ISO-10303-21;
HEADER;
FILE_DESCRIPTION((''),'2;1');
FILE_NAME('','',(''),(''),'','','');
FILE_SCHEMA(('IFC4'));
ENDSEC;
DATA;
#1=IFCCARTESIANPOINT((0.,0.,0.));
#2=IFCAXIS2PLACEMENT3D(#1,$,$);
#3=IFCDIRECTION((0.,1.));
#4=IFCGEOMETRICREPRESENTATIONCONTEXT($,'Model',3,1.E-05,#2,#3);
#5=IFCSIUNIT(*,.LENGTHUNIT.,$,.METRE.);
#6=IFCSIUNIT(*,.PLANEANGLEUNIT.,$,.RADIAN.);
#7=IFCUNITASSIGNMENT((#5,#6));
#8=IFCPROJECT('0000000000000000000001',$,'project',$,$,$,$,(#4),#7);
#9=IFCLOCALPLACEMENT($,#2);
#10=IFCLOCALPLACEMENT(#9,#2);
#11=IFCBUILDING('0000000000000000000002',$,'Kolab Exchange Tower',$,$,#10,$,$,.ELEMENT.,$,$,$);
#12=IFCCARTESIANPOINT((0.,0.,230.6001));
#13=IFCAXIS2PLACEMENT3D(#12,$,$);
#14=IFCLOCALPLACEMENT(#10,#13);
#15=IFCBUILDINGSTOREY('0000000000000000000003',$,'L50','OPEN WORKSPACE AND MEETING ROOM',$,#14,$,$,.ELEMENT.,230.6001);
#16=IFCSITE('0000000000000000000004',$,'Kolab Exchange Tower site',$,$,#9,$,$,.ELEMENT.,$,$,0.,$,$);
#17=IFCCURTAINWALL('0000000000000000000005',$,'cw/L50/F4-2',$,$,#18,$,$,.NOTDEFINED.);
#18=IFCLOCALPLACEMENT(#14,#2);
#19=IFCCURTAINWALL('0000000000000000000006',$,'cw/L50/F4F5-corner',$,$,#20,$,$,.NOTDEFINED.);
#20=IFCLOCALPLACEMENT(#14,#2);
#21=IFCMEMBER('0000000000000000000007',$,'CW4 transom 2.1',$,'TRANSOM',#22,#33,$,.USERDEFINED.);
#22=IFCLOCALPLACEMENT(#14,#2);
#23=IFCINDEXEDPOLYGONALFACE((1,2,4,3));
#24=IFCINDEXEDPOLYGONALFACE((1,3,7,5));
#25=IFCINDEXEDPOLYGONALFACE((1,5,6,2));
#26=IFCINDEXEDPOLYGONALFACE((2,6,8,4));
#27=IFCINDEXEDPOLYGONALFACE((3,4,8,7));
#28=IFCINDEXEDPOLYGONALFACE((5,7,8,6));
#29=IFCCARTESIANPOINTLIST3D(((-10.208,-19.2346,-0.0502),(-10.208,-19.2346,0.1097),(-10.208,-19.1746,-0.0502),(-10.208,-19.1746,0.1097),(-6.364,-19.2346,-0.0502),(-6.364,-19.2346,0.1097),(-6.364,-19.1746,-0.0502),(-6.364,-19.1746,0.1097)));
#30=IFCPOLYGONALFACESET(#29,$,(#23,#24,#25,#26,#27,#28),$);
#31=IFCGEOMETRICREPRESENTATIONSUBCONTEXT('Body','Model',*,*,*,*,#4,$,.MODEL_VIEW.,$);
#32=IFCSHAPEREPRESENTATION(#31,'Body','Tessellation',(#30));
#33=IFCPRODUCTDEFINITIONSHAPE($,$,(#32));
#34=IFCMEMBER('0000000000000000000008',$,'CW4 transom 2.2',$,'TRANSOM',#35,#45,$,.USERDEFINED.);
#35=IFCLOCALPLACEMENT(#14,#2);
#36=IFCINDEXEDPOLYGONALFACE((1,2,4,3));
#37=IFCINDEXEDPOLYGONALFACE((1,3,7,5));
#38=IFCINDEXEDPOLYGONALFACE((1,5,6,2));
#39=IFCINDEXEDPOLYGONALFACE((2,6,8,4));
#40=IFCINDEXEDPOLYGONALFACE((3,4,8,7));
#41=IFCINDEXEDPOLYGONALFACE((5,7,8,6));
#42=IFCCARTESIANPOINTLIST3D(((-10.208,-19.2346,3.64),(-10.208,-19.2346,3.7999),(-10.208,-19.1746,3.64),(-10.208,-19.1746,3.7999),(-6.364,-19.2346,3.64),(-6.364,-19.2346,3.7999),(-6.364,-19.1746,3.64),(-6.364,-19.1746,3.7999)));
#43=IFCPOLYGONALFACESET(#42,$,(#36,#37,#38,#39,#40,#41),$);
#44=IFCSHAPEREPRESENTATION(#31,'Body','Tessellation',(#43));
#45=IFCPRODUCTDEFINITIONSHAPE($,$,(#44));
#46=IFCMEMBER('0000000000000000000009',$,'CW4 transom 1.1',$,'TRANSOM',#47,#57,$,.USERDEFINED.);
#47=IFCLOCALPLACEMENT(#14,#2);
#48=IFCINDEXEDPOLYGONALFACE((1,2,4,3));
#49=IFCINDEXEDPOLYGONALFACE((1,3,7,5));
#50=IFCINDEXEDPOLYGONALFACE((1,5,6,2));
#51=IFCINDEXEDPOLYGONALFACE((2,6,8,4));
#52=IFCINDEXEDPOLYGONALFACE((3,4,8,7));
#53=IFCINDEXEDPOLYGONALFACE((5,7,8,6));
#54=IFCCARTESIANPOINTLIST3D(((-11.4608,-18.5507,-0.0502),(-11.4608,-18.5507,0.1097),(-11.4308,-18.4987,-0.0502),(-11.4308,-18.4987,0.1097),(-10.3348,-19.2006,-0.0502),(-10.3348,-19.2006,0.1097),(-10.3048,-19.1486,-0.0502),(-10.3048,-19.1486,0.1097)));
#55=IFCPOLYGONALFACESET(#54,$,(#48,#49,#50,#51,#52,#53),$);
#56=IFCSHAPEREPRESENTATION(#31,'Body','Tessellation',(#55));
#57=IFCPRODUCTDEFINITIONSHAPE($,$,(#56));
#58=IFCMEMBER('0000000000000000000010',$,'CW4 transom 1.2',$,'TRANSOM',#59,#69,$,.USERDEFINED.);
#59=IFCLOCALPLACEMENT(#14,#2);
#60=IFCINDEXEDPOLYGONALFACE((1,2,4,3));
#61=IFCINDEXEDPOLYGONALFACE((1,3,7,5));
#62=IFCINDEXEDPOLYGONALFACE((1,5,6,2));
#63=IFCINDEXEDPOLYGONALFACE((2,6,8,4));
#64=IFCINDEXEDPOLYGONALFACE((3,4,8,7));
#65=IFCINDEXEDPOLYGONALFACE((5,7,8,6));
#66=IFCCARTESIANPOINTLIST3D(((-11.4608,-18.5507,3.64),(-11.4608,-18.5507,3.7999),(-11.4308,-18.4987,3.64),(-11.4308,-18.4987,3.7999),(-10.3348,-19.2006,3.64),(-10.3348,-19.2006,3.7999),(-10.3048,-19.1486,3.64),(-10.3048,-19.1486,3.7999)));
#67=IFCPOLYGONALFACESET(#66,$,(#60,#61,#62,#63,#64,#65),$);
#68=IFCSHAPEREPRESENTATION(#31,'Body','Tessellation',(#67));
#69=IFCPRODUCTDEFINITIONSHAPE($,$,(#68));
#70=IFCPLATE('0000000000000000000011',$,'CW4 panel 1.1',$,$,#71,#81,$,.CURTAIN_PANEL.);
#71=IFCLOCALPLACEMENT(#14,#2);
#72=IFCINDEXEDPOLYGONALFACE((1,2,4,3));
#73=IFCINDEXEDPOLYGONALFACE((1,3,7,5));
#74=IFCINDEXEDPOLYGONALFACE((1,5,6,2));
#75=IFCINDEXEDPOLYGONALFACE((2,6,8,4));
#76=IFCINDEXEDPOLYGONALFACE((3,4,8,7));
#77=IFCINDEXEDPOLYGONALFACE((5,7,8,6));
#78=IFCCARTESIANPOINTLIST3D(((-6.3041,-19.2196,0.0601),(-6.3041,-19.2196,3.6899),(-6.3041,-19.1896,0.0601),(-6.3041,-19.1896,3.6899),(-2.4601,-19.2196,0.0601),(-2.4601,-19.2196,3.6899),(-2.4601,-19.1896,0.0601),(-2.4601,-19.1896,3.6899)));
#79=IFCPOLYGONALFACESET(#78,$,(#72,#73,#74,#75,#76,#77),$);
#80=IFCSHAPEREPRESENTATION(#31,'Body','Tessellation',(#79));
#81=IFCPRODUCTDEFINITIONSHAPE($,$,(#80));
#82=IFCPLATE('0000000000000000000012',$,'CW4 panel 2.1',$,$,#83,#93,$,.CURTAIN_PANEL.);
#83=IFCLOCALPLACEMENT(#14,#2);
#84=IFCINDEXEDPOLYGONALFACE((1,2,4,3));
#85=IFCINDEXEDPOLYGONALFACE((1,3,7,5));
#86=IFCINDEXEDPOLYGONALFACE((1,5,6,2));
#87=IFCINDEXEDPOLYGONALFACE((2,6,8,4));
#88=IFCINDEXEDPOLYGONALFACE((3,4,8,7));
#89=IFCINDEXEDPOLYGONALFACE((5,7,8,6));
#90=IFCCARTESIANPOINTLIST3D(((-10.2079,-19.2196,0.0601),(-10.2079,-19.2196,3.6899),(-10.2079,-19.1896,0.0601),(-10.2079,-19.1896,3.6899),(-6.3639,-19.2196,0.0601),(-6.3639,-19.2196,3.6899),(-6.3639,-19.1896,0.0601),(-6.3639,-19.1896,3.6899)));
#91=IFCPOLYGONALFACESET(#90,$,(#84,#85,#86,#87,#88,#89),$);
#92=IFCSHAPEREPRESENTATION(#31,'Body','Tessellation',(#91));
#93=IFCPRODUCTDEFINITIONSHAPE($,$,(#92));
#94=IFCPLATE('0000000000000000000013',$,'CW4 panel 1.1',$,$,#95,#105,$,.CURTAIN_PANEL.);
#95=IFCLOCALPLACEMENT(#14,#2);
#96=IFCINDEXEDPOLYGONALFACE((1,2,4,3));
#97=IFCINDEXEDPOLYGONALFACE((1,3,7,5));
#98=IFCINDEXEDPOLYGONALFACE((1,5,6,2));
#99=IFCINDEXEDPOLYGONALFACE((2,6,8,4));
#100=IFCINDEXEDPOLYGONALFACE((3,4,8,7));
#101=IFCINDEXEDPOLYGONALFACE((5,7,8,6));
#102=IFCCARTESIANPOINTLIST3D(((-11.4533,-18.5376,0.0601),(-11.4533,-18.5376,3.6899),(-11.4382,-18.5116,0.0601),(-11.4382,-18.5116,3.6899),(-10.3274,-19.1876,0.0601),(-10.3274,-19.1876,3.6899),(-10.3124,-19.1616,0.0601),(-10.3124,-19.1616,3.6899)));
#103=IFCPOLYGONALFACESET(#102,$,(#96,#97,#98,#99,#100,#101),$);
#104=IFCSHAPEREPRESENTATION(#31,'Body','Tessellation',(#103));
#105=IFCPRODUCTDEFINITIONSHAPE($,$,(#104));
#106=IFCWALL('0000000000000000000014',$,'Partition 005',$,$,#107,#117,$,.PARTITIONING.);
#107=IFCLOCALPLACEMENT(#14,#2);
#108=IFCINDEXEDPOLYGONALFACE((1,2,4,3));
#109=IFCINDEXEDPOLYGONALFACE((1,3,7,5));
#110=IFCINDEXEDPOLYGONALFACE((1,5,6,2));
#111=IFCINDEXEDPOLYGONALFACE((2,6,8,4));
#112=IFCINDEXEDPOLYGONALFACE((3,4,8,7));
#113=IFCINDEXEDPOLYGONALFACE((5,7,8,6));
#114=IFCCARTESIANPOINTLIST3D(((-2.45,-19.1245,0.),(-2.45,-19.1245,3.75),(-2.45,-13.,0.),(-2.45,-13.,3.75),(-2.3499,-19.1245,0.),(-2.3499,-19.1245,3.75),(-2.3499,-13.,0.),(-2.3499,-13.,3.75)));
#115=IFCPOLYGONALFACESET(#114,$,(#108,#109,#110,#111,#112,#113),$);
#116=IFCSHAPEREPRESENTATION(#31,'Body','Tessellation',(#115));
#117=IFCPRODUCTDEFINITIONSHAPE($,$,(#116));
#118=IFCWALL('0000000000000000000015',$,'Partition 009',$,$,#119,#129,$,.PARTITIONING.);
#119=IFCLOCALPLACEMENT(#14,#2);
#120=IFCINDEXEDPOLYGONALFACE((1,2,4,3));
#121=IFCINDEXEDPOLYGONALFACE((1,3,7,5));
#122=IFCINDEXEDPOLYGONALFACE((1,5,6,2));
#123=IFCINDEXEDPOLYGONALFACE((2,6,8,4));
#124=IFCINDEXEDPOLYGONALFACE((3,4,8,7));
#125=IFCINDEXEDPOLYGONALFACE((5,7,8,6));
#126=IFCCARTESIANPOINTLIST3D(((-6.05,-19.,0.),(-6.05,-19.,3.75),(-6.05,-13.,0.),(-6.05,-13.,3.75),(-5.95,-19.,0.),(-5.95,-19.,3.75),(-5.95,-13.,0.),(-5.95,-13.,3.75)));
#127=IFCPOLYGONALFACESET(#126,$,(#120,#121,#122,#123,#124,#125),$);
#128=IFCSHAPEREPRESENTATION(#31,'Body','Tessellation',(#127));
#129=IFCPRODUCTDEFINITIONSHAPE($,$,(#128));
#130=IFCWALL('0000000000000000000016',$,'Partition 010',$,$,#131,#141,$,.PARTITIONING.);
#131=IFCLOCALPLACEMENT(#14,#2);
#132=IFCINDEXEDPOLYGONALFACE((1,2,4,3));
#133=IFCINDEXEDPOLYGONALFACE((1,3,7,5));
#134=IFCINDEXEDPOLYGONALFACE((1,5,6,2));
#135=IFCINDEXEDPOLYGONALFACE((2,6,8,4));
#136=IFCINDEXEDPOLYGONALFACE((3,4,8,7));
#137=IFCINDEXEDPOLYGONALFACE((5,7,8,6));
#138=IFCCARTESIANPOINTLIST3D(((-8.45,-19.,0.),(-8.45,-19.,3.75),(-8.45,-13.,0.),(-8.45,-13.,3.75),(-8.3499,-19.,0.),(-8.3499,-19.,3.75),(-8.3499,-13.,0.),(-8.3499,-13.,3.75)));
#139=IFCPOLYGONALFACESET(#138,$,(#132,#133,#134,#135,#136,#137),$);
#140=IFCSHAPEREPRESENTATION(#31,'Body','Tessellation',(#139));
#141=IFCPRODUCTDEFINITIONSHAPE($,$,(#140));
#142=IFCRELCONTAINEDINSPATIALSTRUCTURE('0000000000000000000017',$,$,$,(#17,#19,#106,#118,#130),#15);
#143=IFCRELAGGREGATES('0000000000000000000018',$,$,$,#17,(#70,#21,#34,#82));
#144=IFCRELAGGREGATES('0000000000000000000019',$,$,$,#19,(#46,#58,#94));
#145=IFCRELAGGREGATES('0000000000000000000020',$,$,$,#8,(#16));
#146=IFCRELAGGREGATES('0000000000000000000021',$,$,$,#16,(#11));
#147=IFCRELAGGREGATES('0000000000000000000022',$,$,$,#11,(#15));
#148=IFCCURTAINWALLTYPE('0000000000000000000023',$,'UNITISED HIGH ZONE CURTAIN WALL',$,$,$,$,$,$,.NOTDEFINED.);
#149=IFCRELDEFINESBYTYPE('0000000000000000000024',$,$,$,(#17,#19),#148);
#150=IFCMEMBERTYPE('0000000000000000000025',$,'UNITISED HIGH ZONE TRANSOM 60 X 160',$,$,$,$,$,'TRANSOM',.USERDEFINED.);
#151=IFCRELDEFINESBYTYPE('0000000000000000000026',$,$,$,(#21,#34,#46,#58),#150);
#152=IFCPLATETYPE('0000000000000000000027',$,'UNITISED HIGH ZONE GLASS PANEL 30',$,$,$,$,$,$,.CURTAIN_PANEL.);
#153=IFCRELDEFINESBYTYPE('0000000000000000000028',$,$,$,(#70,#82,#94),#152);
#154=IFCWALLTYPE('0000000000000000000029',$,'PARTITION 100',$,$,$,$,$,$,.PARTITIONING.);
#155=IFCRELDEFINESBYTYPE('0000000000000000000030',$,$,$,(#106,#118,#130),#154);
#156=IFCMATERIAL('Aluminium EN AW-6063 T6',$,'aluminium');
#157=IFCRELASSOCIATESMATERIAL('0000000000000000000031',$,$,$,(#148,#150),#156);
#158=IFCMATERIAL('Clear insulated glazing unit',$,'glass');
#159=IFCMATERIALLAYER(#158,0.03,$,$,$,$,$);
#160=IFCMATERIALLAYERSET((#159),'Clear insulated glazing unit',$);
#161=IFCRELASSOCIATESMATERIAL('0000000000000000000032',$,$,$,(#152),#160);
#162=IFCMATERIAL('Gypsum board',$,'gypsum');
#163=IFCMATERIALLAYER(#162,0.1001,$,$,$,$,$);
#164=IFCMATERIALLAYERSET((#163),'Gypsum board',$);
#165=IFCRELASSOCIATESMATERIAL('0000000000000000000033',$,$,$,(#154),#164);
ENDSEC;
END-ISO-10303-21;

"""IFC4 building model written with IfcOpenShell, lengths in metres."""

from ifc_helpers import new_model, si_unit, direction, frame, frame_2d, origin, origin_2d, place, context, subcontext, project, spatial, rectangle, extrude, material, layer, layer_set, material_profile, profile_set, type_object, element, aggregate, save


model = new_model("IFC4")

# Units and contexts
model_context = context("Model", 3, precision=1e-05, world=origin(), true_north=direction((0.0, 1.0)))
body_context = subcontext(model_context, "Body", "Model", "MODEL_VIEW")
ifc_project = project(units=[si_unit("LENGTHUNIT", "METRE"), si_unit("PLANEANGLEUNIT", "RADIAN")], contexts=[model_context])

# Site, building, storey
site_placement = place(None, origin())
site = spatial("IfcSite", under=ifc_project, at=site_placement, Name="Kolab Exchange Tower site", CompositionType="ELEMENT", RefElevation=0.0)
building_placement = place(site_placement, origin())
building = spatial("IfcBuilding", under=site, at=building_placement, Name="Kolab Exchange Tower", CompositionType="ELEMENT")
storey_placement = place(building_placement, frame((0.0, 0.0, 230.6001)))
storey = spatial("IfcBuildingStorey", under=building, at=storey_placement, Name="L50", Description="OPEN WORKSPACE AND MEETING ROOM", CompositionType="ELEMENT", Elevation=230.6001)

# Curtain wall
ifc_material_1 = material(Name="Aluminium EN AW-6063 T6", Category="aluminium")
curtain_wall_type = type_object("IfcCurtainWallType", Name="UNITISED HIGH ZONE CURTAIN WALL", PredefinedType="NOTDEFINED", material=ifc_material_1)
curtain_wall_1_placement = place(storey_placement, origin())
curtain_wall_1 = element("IfcCurtainWall", 1, at=curtain_wall_1_placement, inside=storey, type_object=curtain_wall_type, Name="cw/L50/F4-2", PredefinedType="NOTDEFINED")

# Curtain wall
curtain_wall_2_placement = place(storey_placement, origin())
curtain_wall_2 = element("IfcCurtainWall", 2, at=curtain_wall_2_placement, inside=storey, type_object=curtain_wall_type, Name="cw/L50/F4F5-corner", PredefinedType="NOTDEFINED")

# Members
ifc_material_profile_1 = material_profile(ifc_material_1, rectangle(XDim=0.0601, YDim=0.1599, at=origin_2d()), Name="RECT 60X160")
ifc_profile_set_1 = profile_set([ifc_material_profile_1], Name="Aluminium EN AW-6063 T6")
member_type_1 = type_object("IfcMemberType", Name="UNITISED HIGH ZONE TRANSOM 60 X 160", ElementType="TRANSOM", PredefinedType="USERDEFINED", material=ifc_profile_set_1)
member_1_placement = place(storey_placement, frame((-6.364, -19.2046, 0.0298), z_axis=(-1.0, 0.0, 0.0), x_axis=(0.0, -1.0, 0.0)))
member_1 = element("IfcMember", 3, at=member_1_placement, type_object=member_type_1, Name="CW4 transom 2.1", ObjectType="TRANSOM", PredefinedType="USERDEFINED", context=body_context, shape_type="SweptSolid", body=[
    extrude(rectangle(XDim=0.0601, YDim=0.1599, at=origin_2d()), origin(), (0.0, 0.0, 1.0), 3.844),
])
member_2_placement = place(storey_placement, frame((-6.364, -19.2046, 3.72), z_axis=(-1.0, 0.0, 0.0), x_axis=(0.0, -1.0, 0.0)))
member_2 = element("IfcMember", 4, at=member_2_placement, type_object=member_type_1, Name="CW4 transom 2.2", ObjectType="TRANSOM", PredefinedType="USERDEFINED", context=body_context, shape_type="SweptSolid", body=[
    extrude(rectangle(XDim=0.0601, YDim=0.1599, at=origin_2d()), origin(), (0.0, 0.0, 1.0), 3.844),
])
member_3_placement = place(storey_placement, frame((-10.3198, -19.1746, 0.0298), z_axis=(-0.866086, 0.499896, 0.0), x_axis=(-0.499896, -0.866086, 0.0)))
member_3 = element("IfcMember", 5, at=member_3_placement, type_object=member_type_1, Name="CW4 transom 1.1", ObjectType="TRANSOM", PredefinedType="USERDEFINED", context=body_context, shape_type="SweptSolid", body=[
    extrude(rectangle(XDim=0.0601, YDim=0.1599, at=origin_2d()), origin(), (0.0, 0.0, 1.0), 1.3),
])
member_4_placement = place(storey_placement, frame((-10.3198, -19.1746, 3.72), z_axis=(-0.866086, 0.499896, 0.0), x_axis=(-0.499896, -0.866086, 0.0)))
member_4 = element("IfcMember", 6, at=member_4_placement, type_object=member_type_1, Name="CW4 transom 1.2", ObjectType="TRANSOM", PredefinedType="USERDEFINED", context=body_context, shape_type="SweptSolid", body=[
    extrude(rectangle(XDim=0.0601, YDim=0.1599, at=origin_2d()), origin(), (0.0, 0.0, 1.0), 1.3),
])

# Plates
ifc_material_2 = material(Name="Clear insulated glazing unit", Category="glass")
ifc_layer_1 = layer(ifc_material_2, 0.03)
ifc_layer_set_1 = layer_set([ifc_layer_1], Name="Clear insulated glazing unit")
plate_type = type_object("IfcPlateType", Name="UNITISED HIGH ZONE GLASS PANEL 30", PredefinedType="CURTAIN_PANEL", material=ifc_layer_set_1)
plate_1_placement = place(storey_placement, frame((-4.3821, -19.2046, 0.0601), z_axis=(0.0, 0.0, 1.0), x_axis=(-1.0, 0.0, 0.0)))
plate_1 = element("IfcPlate", 7, at=plate_1_placement, type_object=plate_type, Name="CW4 panel 1.1", PredefinedType="CURTAIN_PANEL", context=body_context, shape_type="SweptSolid", body=[
    extrude(rectangle(XDim=3.844, YDim=0.03, at=origin_2d()), origin(), (0.0, 0.0, 1.0), 3.6299),
])
plate_2_placement = place(storey_placement, frame((-8.2859, -19.2046, 0.0601), z_axis=(0.0, 0.0, 1.0), x_axis=(-1.0, 0.0, 0.0)))
plate_2 = element("IfcPlate", 8, at=plate_2_placement, type_object=plate_type, Name="CW4 panel 2.1", PredefinedType="CURTAIN_PANEL", context=body_context, shape_type="SweptSolid", body=[
    extrude(rectangle(XDim=3.844, YDim=0.03, at=origin_2d()), origin(), (0.0, 0.0, 1.0), 3.6299),
])
aggregate(curtain_wall_1, [plate_1, member_1, member_2, plate_2])
plate_3_placement = place(storey_placement, frame((-10.8828, -18.8496, 0.0601), z_axis=(0.0, 0.0, 1.0), x_axis=(-0.866025, 0.5, 0.0)))
plate_3 = element("IfcPlate", 9, at=plate_3_placement, type_object=plate_type, Name="CW4 panel 1.1", PredefinedType="CURTAIN_PANEL", context=body_context, shape_type="SweptSolid", body=[
    extrude(rectangle(XDim=1.3, YDim=0.03, at=origin_2d()), origin(), (0.0, 0.0, 1.0), 3.6299),
])
aggregate(curtain_wall_2, [member_3, member_4, plate_3])

# Walls
ifc_material_3 = material(Name="Gypsum board", Category="gypsum")
ifc_layer_2 = layer(ifc_material_3, 0.1001)
ifc_layer_set_2 = layer_set([ifc_layer_2], Name="Gypsum board")
wall_type = type_object("IfcWallType", Name="PARTITION 100", PredefinedType="PARTITIONING", material=ifc_layer_set_2)
wall_1_placement = place(storey_placement, frame((-2.3999, -19.1245, 0.0), z_axis=(0.0, 0.0, 1.0), x_axis=(0.0, 1.0, 0.0)))
element("IfcWall", 10, at=wall_1_placement, inside=storey, type_object=wall_type, Name="Partition 005", PredefinedType="PARTITIONING", context=body_context, shape_type="SweptSolid", body=[
    extrude(rectangle(XDim=6.1245, YDim=0.1001, at=frame_2d((3.0623, 0.0))), origin(), (0.0, 0.0, 1.0), 3.75),
])
for number, where, z_axis, x_axis, name in (
    (11, (-6.0, -19.0, 0.0), (0.0, 0.0, 1.0), (0.0, 1.0, 0.0), "Partition 009"),
    (12, (-8.3999, -19.0, 0.0), (0.0, 0.0, 1.0), (0.0, 1.0, 0.0), "Partition 010"),
):
    element("IfcWall", number, at=place(storey_placement, frame(where, z_axis=z_axis, x_axis=x_axis)), inside=storey, type_object=wall_type, Name=name, PredefinedType="PARTITIONING", context=body_context, shape_type="SweptSolid", body=[
        extrude(rectangle(XDim=6.0, YDim=0.1001, at=frame_2d((3.0, 0.0))), origin(), (0.0, 0.0, 1.0), 3.75),
    ])

save(model, "model.ifc")
